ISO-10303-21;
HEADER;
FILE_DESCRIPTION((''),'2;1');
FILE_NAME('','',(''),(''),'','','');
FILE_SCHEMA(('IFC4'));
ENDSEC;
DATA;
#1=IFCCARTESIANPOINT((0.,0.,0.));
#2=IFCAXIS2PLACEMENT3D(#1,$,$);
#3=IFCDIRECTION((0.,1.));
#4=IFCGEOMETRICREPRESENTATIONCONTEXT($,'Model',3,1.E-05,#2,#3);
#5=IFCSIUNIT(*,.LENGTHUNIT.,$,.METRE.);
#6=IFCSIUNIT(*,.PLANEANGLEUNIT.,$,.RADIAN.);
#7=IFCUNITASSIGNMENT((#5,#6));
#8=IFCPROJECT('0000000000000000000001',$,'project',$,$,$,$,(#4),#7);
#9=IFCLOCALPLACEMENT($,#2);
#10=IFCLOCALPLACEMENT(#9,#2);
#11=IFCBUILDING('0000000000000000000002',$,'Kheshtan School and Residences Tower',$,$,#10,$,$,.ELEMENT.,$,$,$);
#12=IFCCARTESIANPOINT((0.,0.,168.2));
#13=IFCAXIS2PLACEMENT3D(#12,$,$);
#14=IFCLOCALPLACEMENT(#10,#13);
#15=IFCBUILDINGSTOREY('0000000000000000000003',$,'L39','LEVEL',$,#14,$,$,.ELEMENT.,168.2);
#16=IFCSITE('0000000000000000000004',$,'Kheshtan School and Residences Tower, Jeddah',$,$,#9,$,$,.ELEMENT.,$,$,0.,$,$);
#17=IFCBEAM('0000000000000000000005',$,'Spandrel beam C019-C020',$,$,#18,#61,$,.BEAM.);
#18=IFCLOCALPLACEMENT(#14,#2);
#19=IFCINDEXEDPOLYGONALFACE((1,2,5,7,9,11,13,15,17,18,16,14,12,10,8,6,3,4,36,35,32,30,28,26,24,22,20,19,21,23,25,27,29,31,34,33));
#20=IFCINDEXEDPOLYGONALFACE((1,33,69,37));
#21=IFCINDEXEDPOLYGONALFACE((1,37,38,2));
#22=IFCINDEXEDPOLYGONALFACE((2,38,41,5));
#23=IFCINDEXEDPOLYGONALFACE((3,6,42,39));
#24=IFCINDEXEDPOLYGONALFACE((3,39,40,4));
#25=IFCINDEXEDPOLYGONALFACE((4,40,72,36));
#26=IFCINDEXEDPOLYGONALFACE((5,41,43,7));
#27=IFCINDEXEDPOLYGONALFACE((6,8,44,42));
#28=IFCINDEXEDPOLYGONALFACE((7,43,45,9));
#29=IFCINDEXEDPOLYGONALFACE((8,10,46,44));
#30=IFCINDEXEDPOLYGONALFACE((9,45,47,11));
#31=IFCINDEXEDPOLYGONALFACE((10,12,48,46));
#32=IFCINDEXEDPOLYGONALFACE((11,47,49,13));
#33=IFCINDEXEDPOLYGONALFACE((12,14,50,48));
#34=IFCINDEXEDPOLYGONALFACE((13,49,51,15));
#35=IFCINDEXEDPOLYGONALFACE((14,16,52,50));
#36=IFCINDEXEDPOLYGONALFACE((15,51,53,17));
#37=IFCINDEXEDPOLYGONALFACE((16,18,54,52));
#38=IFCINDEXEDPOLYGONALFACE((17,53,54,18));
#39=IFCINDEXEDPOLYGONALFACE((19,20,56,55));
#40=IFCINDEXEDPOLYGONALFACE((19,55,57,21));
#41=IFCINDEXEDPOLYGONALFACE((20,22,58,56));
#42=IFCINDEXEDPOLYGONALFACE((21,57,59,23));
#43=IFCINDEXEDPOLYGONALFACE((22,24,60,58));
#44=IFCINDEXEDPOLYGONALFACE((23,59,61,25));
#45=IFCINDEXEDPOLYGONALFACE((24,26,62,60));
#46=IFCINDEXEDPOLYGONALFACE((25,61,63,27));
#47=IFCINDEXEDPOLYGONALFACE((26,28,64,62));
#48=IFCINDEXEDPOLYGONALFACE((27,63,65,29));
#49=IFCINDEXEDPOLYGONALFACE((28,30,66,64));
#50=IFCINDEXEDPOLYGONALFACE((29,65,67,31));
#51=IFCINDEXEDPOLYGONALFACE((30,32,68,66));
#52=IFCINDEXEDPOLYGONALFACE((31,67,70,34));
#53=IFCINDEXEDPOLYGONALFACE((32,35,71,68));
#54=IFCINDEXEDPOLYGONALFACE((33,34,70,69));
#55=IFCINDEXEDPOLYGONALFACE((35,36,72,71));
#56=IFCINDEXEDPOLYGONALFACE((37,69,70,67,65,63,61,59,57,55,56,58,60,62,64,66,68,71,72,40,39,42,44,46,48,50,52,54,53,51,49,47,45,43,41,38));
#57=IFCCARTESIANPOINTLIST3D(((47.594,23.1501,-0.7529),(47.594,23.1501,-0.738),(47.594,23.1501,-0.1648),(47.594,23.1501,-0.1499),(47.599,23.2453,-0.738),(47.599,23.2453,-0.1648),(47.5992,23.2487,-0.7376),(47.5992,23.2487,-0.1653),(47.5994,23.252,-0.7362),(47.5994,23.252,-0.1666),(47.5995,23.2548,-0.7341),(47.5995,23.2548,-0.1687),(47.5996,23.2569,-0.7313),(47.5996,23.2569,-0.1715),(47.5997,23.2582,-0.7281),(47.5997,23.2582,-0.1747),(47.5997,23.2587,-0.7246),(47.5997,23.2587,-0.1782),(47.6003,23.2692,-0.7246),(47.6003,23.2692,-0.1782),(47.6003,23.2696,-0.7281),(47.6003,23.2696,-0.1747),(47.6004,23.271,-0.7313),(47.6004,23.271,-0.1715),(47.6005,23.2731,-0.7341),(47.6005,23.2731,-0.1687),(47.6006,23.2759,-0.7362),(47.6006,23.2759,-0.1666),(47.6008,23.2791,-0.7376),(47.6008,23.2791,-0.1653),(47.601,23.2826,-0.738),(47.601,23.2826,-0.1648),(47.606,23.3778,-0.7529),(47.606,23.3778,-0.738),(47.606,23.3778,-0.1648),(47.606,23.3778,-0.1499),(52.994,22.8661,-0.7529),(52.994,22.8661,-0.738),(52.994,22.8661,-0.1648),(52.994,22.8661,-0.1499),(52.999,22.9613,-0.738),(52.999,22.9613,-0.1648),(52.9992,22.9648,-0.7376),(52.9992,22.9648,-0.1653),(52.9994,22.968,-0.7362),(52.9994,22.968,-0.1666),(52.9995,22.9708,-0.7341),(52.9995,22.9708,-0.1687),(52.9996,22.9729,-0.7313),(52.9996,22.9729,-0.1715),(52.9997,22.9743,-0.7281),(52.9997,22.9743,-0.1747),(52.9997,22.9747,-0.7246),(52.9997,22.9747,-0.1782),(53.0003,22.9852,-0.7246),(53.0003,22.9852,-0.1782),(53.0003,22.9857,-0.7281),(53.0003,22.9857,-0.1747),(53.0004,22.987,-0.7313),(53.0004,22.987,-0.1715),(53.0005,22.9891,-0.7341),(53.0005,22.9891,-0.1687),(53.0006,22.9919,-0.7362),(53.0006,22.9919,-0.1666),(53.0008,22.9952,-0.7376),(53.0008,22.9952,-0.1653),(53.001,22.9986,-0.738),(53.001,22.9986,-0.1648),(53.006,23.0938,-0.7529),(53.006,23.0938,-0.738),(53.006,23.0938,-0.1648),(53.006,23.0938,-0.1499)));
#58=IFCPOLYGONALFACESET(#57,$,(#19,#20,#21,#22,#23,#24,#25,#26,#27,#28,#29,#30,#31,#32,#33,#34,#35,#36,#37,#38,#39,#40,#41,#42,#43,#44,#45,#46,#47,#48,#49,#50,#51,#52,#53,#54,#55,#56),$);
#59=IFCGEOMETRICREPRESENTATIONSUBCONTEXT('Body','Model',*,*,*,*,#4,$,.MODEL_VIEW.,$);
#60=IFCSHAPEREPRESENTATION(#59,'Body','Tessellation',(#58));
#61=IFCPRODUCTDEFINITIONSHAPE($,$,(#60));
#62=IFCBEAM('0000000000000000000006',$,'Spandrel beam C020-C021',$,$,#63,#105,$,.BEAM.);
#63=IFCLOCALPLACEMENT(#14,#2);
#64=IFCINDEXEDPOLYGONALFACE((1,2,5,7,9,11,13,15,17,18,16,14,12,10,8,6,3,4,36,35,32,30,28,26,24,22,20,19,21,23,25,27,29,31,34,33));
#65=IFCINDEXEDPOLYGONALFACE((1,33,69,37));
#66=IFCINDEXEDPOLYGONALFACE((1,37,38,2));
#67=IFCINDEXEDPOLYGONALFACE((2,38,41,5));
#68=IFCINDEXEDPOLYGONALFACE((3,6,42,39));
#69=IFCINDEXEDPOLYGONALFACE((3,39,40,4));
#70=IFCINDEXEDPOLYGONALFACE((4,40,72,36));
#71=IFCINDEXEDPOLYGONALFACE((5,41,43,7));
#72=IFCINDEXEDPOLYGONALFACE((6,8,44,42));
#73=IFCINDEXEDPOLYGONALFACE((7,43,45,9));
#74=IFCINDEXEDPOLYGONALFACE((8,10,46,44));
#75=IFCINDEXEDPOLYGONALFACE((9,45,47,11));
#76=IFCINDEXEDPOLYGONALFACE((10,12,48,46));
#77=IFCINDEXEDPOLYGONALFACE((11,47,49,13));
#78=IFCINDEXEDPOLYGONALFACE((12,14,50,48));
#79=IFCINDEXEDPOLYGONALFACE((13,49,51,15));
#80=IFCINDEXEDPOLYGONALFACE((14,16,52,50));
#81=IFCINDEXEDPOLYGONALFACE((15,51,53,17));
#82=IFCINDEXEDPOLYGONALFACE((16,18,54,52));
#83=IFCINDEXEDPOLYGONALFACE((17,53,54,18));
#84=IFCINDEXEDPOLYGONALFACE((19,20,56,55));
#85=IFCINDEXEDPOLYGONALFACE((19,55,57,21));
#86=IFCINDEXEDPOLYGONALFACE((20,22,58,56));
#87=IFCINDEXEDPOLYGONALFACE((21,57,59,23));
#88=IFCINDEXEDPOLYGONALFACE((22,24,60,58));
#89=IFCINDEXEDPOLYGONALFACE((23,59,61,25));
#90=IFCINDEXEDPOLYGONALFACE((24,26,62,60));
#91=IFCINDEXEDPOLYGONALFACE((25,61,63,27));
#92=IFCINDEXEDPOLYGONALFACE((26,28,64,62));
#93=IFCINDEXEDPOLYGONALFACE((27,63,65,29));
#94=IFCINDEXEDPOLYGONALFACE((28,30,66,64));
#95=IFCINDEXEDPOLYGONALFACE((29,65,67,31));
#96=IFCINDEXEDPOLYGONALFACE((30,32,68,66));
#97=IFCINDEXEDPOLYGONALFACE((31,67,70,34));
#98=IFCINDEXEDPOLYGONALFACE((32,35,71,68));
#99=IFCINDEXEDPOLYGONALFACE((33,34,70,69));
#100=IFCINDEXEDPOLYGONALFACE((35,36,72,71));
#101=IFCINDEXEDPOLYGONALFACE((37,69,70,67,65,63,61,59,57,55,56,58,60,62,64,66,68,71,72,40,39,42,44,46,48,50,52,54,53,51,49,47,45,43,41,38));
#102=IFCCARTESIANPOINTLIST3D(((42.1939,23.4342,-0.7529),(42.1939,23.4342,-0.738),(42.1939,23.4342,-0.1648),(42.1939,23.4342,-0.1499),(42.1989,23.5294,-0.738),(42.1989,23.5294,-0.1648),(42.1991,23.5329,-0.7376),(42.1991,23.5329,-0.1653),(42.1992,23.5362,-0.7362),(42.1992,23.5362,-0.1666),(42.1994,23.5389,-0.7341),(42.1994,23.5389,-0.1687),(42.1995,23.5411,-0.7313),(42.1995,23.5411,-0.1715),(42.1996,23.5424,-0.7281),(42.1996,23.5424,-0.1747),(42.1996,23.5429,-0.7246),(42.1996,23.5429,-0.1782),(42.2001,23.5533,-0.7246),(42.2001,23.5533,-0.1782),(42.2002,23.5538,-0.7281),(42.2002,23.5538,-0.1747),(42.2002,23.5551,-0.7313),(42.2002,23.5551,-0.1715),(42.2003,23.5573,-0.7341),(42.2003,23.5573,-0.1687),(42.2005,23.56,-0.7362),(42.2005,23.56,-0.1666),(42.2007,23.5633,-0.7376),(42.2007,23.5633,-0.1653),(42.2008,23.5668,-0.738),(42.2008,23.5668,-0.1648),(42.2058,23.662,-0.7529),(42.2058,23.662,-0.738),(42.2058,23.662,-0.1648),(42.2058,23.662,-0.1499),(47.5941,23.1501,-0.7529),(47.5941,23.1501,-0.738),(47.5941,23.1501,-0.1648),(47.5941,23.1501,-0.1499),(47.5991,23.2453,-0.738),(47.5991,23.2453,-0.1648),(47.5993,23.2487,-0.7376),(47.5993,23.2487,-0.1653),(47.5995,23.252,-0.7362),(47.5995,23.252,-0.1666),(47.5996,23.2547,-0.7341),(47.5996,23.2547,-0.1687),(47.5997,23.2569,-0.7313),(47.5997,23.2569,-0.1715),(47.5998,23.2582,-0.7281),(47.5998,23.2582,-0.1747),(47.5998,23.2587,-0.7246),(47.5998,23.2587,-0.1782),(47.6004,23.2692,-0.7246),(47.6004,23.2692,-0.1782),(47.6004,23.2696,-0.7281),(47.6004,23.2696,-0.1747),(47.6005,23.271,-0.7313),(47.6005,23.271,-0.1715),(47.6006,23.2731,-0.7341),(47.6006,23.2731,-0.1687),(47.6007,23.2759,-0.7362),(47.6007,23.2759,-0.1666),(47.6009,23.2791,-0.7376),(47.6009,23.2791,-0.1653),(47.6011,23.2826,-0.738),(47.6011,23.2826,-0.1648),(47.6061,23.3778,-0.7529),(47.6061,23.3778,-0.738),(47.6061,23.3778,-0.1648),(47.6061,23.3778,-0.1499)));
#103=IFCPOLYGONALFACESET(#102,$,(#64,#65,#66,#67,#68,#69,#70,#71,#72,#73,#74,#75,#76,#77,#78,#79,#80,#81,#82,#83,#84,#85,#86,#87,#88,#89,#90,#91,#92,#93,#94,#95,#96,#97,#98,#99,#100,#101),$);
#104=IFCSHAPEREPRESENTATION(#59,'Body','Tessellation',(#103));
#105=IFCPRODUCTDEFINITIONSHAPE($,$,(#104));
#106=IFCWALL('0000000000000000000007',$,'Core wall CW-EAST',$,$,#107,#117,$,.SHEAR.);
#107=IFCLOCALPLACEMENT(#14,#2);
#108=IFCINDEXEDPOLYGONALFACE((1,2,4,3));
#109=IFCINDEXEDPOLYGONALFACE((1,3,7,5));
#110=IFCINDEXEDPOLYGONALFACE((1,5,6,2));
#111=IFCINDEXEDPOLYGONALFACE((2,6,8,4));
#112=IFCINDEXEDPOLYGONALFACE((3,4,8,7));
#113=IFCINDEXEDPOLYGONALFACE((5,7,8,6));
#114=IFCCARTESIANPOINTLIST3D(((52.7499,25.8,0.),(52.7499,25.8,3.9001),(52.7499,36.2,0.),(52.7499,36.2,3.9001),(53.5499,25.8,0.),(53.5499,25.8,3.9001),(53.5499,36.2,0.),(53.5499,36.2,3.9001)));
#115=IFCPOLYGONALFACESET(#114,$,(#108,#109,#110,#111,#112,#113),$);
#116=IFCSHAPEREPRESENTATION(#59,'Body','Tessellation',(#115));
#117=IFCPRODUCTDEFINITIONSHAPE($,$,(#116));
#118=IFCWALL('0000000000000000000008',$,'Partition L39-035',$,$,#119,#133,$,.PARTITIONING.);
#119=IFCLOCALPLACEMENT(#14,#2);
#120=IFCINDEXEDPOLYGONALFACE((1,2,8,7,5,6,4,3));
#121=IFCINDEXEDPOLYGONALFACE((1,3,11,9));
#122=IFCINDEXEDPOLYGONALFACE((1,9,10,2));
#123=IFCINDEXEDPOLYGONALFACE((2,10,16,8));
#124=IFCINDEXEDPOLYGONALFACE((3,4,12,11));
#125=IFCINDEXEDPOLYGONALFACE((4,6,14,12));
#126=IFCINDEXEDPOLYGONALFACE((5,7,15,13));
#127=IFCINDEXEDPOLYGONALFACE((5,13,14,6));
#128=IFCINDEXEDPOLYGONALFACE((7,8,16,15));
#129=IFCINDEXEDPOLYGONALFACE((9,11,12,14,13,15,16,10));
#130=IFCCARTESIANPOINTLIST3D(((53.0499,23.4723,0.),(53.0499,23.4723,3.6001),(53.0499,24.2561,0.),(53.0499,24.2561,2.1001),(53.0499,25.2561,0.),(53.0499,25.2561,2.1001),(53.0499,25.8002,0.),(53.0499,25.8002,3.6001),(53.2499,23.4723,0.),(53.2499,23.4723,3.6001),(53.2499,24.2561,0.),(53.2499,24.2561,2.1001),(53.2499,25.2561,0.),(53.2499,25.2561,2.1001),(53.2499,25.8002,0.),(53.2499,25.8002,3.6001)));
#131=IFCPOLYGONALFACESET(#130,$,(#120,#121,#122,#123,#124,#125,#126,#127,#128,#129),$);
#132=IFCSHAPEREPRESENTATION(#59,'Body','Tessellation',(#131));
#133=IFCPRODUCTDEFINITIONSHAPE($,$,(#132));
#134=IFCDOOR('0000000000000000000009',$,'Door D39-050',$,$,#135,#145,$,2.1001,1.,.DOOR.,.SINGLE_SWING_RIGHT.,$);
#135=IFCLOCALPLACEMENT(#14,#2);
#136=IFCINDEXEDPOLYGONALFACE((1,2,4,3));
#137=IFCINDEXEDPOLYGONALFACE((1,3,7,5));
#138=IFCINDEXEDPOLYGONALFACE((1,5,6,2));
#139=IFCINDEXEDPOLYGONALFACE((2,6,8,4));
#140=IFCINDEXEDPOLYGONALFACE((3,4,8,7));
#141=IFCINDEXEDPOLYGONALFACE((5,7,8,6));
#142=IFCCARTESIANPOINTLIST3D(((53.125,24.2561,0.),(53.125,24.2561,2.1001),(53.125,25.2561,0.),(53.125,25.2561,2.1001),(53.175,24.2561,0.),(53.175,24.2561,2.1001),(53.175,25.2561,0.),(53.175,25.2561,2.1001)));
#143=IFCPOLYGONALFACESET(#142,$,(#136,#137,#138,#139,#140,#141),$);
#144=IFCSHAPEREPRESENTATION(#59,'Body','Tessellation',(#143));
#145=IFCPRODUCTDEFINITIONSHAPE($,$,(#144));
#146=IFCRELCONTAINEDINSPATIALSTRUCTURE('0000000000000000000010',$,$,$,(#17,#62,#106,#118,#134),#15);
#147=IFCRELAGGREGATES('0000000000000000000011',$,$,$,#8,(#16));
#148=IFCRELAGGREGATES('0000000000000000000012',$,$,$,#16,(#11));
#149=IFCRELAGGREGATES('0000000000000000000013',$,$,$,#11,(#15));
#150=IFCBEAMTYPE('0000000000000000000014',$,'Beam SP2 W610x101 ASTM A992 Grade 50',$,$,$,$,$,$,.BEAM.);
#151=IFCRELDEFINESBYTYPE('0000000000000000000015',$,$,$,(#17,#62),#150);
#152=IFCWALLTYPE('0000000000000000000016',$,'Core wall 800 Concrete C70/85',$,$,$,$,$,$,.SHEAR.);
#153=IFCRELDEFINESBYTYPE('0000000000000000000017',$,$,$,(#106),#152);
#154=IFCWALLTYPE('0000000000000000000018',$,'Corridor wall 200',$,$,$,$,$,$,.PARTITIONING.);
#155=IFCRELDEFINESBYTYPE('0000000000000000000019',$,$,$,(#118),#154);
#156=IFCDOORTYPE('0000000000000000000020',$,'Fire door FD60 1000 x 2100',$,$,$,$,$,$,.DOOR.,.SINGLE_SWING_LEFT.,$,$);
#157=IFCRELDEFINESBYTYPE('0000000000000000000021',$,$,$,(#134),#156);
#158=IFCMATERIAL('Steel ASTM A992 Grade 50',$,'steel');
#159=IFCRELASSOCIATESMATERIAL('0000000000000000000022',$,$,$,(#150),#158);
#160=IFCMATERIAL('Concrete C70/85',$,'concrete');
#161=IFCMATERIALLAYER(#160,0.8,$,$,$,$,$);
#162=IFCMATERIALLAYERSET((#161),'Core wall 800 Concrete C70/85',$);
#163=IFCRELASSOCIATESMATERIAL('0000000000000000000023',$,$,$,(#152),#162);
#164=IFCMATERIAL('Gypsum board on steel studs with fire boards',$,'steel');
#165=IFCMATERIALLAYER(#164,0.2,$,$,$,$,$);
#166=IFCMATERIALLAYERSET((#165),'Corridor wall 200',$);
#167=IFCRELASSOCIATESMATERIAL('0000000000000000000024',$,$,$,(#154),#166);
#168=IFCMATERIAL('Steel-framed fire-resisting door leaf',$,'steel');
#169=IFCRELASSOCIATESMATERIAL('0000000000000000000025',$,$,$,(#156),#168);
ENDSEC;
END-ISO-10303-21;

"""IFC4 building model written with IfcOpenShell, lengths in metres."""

from ifc_helpers import new_model, si_unit, direction, frame, frame_2d, origin, origin_2d, place, context, subcontext, project, spatial, rectangle, i_section, extrude, source, transform, mapped, material, layer, layer_set, material_profile, profile_set, type_object, element, fill, save


model = new_model("IFC4")

# Units and contexts
model_context = context("Model", 3, precision=1e-05, world=origin(), true_north=direction((0.0, 1.0)))
body_context = subcontext(model_context, "Body", "Model", "MODEL_VIEW")
ifc_project = project(units=[si_unit("LENGTHUNIT", "METRE"), si_unit("PLANEANGLEUNIT", "RADIAN")], contexts=[model_context])

# Site, building, storey
site_placement = place(None, origin())
site = spatial("IfcSite", under=ifc_project, at=site_placement, Name="Kheshtan School and Residences Tower, Jeddah", CompositionType="ELEMENT", RefElevation=0.0)
building_placement = place(site_placement, origin())
building = spatial("IfcBuilding", under=site, at=building_placement, Name="Kheshtan School and Residences Tower", CompositionType="ELEMENT")
storey_placement = place(building_placement, frame((0.0, 0.0, 168.2)))
storey = spatial("IfcBuildingStorey", under=building, at=storey_placement, Name="L39", Description="LEVEL", CompositionType="ELEMENT", Elevation=168.2)

# Shared definitions
ifc_material_1 = material(Name="Steel ASTM A992 Grade 50", Category="steel")

# Beams
ifc_material_profile_1 = material_profile(ifc_material_1, i_section(OverallWidth=0.228, OverallDepth=0.603, WebThickness=0.0105, FlangeThickness=0.0149, FilletRadius=0.0134, at=origin_2d()), Name="W610x101")
ifc_profile_set_1 = profile_set([ifc_material_profile_1], Name="Steel ASTM A992 Grade 50")
beam_type_1 = type_object("IfcBeamType", Name="Beam SP2 W610x101 ASTM A992 Grade 50", PredefinedType="BEAM", material=ifc_profile_set_1)
for number, where, z_axis, x_axis, name in (
    (1, (53.0, 22.98, -0.4514), (-0.99862, 0.052509, 0.0), (-0.052509, -0.99862, 0.0), "Spandrel beam C019-C020"),
):
    element("IfcBeam", number, at=place(storey_placement, frame(where, z_axis=z_axis, x_axis=x_axis)), inside=storey, type_object=beam_type_1, Name=name, PredefinedType="BEAM", context=body_context, shape_type="SweptSolid", body=[
        extrude(i_section(OverallWidth=0.228, OverallDepth=0.603, WebThickness=0.0105, FlangeThickness=0.0149, FilletRadius=0.0134, at=origin_2d()), origin(), (0.0, 0.0, 1.0), 5.4075),
    ])
beam_1_placement = place(storey_placement, frame((47.6001, 23.2639, -0.4514), z_axis=(-0.998618, 0.052552, 0.0), x_axis=(-0.052552, -0.998618, 0.0)))
element("IfcBeam", 2, at=beam_1_placement, inside=storey, type_object=beam_type_1, Name="Spandrel beam C020-C021", PredefinedType="BEAM", context=body_context, shape_type="SweptSolid", body=[
    extrude(i_section(OverallWidth=0.228, OverallDepth=0.603, WebThickness=0.0105, FlangeThickness=0.0149, FilletRadius=0.0134, at=origin_2d()), origin(), (0.0, 0.0, 1.0), 5.4077),
])

# Wall
ifc_material_2 = material(Name="Concrete C70/85", Category="concrete")
ifc_layer_1 = layer(ifc_material_2, 0.8)
ifc_layer_set_1 = layer_set([ifc_layer_1], Name="Core wall 800 Concrete C70/85")
wall_type_1 = type_object("IfcWallType", Name="Core wall 800 Concrete C70/85", PredefinedType="SHEAR", material=ifc_layer_set_1)
wall_1_placement = place(storey_placement, frame((53.1499, 25.8, 0.0), z_axis=(0.0, 0.0, 1.0), x_axis=(0.0, 1.0, 0.0)))
element("IfcWall", 3, at=wall_1_placement, inside=storey, type_object=wall_type_1, Name="Core wall CW-EAST", PredefinedType="SHEAR", context=body_context, shape_type="SweptSolid", body=[
    extrude(rectangle(XDim=10.3999, YDim=0.8, at=frame_2d((5.2, 0.0))), origin(), (0.0, 0.0, 1.0), 3.9001),
])

# Wall, opening, door
ifc_material_3 = material(Name="Gypsum board on steel studs with fire boards", Category="steel")
ifc_layer_2 = layer(ifc_material_3, 0.2)
ifc_layer_set_2 = layer_set([ifc_layer_2], Name="Corridor wall 200")
wall_type_2 = type_object("IfcWallType", Name="Corridor wall 200", PredefinedType="PARTITIONING", material=ifc_layer_set_2)
wall_2_placement = place(storey_placement, frame((53.1499, 23.4722, 0.0), z_axis=(0.0, 0.0, 1.0), x_axis=(0.0, 1.0, 0.0)))
wall_2 = element("IfcWall", 4, at=wall_2_placement, inside=storey, type_object=wall_type_2, Name="Partition L39-035", PredefinedType="PARTITIONING", context=body_context, shape_type="SweptSolid", body=[
    extrude(rectangle(XDim=2.3279, YDim=0.2, at=frame_2d((1.1641, 0.0))), origin(), (0.0, 0.0, 1.0), 3.6001),
])
opening_1_placement = place(wall_2_placement, frame((0.7839, 0.0, 0.0)))
opening_1 = element("IfcOpeningElement", 5, at=opening_1_placement, cuts=wall_2, PredefinedType="OPENING", context=body_context, shape_type="SweptSolid", body=[
    extrude(rectangle(XDim=1.0, YDim=2.1001, at=frame_2d((0.5, 1.05))), frame((0.0, 0.1099, 0.0), z_axis=(0.0, -1.0, 0.0), x_axis=(1.0, 0.0, 0.0)), (0.0, 0.0, 1.0), 0.22),
])
ifc_material_4 = material(Name="Steel-framed fire-resisting door leaf", Category="steel")
door_type_1 = type_object("IfcDoorType", Name="Fire door FD60 1000 x 2100", OperationType="SINGLE_SWING_LEFT", PredefinedType="DOOR", material=ifc_material_4)
shared_shape_1 = source(origin(), body_context, "Body", "SweptSolid", [
    extrude(rectangle(XDim=1.0, YDim=2.1001, at=frame_2d((0.5, 1.05))), frame((0.0, 0.0249, 0.0), z_axis=(0.0, -1.0, 0.0), x_axis=(1.0, 0.0, 0.0)), (0.0, 0.0, 1.0), 0.05),
])
door_1_placement = place(opening_1_placement, origin())
door_1 = element("IfcDoor", 6, at=door_1_placement, inside=storey, type_object=door_type_1, Name="Door D39-050", OperationType="SINGLE_SWING_RIGHT", OverallHeight=2.1001, OverallWidth=1.0, PredefinedType="DOOR", context=body_context, shape_type="MappedRepresentation", body=[
    mapped(shared_shape_1, transform((0.0, 0.0, 0.0), x_axis=(1.0, 0.0, 0.0), y_axis=(0.0, 1.0, 0.0), z_axis=(0.0, 0.0, 1.0), scale=1.0)),
])
fill(opening_1, door_1)

save(model, "model.ifc")
